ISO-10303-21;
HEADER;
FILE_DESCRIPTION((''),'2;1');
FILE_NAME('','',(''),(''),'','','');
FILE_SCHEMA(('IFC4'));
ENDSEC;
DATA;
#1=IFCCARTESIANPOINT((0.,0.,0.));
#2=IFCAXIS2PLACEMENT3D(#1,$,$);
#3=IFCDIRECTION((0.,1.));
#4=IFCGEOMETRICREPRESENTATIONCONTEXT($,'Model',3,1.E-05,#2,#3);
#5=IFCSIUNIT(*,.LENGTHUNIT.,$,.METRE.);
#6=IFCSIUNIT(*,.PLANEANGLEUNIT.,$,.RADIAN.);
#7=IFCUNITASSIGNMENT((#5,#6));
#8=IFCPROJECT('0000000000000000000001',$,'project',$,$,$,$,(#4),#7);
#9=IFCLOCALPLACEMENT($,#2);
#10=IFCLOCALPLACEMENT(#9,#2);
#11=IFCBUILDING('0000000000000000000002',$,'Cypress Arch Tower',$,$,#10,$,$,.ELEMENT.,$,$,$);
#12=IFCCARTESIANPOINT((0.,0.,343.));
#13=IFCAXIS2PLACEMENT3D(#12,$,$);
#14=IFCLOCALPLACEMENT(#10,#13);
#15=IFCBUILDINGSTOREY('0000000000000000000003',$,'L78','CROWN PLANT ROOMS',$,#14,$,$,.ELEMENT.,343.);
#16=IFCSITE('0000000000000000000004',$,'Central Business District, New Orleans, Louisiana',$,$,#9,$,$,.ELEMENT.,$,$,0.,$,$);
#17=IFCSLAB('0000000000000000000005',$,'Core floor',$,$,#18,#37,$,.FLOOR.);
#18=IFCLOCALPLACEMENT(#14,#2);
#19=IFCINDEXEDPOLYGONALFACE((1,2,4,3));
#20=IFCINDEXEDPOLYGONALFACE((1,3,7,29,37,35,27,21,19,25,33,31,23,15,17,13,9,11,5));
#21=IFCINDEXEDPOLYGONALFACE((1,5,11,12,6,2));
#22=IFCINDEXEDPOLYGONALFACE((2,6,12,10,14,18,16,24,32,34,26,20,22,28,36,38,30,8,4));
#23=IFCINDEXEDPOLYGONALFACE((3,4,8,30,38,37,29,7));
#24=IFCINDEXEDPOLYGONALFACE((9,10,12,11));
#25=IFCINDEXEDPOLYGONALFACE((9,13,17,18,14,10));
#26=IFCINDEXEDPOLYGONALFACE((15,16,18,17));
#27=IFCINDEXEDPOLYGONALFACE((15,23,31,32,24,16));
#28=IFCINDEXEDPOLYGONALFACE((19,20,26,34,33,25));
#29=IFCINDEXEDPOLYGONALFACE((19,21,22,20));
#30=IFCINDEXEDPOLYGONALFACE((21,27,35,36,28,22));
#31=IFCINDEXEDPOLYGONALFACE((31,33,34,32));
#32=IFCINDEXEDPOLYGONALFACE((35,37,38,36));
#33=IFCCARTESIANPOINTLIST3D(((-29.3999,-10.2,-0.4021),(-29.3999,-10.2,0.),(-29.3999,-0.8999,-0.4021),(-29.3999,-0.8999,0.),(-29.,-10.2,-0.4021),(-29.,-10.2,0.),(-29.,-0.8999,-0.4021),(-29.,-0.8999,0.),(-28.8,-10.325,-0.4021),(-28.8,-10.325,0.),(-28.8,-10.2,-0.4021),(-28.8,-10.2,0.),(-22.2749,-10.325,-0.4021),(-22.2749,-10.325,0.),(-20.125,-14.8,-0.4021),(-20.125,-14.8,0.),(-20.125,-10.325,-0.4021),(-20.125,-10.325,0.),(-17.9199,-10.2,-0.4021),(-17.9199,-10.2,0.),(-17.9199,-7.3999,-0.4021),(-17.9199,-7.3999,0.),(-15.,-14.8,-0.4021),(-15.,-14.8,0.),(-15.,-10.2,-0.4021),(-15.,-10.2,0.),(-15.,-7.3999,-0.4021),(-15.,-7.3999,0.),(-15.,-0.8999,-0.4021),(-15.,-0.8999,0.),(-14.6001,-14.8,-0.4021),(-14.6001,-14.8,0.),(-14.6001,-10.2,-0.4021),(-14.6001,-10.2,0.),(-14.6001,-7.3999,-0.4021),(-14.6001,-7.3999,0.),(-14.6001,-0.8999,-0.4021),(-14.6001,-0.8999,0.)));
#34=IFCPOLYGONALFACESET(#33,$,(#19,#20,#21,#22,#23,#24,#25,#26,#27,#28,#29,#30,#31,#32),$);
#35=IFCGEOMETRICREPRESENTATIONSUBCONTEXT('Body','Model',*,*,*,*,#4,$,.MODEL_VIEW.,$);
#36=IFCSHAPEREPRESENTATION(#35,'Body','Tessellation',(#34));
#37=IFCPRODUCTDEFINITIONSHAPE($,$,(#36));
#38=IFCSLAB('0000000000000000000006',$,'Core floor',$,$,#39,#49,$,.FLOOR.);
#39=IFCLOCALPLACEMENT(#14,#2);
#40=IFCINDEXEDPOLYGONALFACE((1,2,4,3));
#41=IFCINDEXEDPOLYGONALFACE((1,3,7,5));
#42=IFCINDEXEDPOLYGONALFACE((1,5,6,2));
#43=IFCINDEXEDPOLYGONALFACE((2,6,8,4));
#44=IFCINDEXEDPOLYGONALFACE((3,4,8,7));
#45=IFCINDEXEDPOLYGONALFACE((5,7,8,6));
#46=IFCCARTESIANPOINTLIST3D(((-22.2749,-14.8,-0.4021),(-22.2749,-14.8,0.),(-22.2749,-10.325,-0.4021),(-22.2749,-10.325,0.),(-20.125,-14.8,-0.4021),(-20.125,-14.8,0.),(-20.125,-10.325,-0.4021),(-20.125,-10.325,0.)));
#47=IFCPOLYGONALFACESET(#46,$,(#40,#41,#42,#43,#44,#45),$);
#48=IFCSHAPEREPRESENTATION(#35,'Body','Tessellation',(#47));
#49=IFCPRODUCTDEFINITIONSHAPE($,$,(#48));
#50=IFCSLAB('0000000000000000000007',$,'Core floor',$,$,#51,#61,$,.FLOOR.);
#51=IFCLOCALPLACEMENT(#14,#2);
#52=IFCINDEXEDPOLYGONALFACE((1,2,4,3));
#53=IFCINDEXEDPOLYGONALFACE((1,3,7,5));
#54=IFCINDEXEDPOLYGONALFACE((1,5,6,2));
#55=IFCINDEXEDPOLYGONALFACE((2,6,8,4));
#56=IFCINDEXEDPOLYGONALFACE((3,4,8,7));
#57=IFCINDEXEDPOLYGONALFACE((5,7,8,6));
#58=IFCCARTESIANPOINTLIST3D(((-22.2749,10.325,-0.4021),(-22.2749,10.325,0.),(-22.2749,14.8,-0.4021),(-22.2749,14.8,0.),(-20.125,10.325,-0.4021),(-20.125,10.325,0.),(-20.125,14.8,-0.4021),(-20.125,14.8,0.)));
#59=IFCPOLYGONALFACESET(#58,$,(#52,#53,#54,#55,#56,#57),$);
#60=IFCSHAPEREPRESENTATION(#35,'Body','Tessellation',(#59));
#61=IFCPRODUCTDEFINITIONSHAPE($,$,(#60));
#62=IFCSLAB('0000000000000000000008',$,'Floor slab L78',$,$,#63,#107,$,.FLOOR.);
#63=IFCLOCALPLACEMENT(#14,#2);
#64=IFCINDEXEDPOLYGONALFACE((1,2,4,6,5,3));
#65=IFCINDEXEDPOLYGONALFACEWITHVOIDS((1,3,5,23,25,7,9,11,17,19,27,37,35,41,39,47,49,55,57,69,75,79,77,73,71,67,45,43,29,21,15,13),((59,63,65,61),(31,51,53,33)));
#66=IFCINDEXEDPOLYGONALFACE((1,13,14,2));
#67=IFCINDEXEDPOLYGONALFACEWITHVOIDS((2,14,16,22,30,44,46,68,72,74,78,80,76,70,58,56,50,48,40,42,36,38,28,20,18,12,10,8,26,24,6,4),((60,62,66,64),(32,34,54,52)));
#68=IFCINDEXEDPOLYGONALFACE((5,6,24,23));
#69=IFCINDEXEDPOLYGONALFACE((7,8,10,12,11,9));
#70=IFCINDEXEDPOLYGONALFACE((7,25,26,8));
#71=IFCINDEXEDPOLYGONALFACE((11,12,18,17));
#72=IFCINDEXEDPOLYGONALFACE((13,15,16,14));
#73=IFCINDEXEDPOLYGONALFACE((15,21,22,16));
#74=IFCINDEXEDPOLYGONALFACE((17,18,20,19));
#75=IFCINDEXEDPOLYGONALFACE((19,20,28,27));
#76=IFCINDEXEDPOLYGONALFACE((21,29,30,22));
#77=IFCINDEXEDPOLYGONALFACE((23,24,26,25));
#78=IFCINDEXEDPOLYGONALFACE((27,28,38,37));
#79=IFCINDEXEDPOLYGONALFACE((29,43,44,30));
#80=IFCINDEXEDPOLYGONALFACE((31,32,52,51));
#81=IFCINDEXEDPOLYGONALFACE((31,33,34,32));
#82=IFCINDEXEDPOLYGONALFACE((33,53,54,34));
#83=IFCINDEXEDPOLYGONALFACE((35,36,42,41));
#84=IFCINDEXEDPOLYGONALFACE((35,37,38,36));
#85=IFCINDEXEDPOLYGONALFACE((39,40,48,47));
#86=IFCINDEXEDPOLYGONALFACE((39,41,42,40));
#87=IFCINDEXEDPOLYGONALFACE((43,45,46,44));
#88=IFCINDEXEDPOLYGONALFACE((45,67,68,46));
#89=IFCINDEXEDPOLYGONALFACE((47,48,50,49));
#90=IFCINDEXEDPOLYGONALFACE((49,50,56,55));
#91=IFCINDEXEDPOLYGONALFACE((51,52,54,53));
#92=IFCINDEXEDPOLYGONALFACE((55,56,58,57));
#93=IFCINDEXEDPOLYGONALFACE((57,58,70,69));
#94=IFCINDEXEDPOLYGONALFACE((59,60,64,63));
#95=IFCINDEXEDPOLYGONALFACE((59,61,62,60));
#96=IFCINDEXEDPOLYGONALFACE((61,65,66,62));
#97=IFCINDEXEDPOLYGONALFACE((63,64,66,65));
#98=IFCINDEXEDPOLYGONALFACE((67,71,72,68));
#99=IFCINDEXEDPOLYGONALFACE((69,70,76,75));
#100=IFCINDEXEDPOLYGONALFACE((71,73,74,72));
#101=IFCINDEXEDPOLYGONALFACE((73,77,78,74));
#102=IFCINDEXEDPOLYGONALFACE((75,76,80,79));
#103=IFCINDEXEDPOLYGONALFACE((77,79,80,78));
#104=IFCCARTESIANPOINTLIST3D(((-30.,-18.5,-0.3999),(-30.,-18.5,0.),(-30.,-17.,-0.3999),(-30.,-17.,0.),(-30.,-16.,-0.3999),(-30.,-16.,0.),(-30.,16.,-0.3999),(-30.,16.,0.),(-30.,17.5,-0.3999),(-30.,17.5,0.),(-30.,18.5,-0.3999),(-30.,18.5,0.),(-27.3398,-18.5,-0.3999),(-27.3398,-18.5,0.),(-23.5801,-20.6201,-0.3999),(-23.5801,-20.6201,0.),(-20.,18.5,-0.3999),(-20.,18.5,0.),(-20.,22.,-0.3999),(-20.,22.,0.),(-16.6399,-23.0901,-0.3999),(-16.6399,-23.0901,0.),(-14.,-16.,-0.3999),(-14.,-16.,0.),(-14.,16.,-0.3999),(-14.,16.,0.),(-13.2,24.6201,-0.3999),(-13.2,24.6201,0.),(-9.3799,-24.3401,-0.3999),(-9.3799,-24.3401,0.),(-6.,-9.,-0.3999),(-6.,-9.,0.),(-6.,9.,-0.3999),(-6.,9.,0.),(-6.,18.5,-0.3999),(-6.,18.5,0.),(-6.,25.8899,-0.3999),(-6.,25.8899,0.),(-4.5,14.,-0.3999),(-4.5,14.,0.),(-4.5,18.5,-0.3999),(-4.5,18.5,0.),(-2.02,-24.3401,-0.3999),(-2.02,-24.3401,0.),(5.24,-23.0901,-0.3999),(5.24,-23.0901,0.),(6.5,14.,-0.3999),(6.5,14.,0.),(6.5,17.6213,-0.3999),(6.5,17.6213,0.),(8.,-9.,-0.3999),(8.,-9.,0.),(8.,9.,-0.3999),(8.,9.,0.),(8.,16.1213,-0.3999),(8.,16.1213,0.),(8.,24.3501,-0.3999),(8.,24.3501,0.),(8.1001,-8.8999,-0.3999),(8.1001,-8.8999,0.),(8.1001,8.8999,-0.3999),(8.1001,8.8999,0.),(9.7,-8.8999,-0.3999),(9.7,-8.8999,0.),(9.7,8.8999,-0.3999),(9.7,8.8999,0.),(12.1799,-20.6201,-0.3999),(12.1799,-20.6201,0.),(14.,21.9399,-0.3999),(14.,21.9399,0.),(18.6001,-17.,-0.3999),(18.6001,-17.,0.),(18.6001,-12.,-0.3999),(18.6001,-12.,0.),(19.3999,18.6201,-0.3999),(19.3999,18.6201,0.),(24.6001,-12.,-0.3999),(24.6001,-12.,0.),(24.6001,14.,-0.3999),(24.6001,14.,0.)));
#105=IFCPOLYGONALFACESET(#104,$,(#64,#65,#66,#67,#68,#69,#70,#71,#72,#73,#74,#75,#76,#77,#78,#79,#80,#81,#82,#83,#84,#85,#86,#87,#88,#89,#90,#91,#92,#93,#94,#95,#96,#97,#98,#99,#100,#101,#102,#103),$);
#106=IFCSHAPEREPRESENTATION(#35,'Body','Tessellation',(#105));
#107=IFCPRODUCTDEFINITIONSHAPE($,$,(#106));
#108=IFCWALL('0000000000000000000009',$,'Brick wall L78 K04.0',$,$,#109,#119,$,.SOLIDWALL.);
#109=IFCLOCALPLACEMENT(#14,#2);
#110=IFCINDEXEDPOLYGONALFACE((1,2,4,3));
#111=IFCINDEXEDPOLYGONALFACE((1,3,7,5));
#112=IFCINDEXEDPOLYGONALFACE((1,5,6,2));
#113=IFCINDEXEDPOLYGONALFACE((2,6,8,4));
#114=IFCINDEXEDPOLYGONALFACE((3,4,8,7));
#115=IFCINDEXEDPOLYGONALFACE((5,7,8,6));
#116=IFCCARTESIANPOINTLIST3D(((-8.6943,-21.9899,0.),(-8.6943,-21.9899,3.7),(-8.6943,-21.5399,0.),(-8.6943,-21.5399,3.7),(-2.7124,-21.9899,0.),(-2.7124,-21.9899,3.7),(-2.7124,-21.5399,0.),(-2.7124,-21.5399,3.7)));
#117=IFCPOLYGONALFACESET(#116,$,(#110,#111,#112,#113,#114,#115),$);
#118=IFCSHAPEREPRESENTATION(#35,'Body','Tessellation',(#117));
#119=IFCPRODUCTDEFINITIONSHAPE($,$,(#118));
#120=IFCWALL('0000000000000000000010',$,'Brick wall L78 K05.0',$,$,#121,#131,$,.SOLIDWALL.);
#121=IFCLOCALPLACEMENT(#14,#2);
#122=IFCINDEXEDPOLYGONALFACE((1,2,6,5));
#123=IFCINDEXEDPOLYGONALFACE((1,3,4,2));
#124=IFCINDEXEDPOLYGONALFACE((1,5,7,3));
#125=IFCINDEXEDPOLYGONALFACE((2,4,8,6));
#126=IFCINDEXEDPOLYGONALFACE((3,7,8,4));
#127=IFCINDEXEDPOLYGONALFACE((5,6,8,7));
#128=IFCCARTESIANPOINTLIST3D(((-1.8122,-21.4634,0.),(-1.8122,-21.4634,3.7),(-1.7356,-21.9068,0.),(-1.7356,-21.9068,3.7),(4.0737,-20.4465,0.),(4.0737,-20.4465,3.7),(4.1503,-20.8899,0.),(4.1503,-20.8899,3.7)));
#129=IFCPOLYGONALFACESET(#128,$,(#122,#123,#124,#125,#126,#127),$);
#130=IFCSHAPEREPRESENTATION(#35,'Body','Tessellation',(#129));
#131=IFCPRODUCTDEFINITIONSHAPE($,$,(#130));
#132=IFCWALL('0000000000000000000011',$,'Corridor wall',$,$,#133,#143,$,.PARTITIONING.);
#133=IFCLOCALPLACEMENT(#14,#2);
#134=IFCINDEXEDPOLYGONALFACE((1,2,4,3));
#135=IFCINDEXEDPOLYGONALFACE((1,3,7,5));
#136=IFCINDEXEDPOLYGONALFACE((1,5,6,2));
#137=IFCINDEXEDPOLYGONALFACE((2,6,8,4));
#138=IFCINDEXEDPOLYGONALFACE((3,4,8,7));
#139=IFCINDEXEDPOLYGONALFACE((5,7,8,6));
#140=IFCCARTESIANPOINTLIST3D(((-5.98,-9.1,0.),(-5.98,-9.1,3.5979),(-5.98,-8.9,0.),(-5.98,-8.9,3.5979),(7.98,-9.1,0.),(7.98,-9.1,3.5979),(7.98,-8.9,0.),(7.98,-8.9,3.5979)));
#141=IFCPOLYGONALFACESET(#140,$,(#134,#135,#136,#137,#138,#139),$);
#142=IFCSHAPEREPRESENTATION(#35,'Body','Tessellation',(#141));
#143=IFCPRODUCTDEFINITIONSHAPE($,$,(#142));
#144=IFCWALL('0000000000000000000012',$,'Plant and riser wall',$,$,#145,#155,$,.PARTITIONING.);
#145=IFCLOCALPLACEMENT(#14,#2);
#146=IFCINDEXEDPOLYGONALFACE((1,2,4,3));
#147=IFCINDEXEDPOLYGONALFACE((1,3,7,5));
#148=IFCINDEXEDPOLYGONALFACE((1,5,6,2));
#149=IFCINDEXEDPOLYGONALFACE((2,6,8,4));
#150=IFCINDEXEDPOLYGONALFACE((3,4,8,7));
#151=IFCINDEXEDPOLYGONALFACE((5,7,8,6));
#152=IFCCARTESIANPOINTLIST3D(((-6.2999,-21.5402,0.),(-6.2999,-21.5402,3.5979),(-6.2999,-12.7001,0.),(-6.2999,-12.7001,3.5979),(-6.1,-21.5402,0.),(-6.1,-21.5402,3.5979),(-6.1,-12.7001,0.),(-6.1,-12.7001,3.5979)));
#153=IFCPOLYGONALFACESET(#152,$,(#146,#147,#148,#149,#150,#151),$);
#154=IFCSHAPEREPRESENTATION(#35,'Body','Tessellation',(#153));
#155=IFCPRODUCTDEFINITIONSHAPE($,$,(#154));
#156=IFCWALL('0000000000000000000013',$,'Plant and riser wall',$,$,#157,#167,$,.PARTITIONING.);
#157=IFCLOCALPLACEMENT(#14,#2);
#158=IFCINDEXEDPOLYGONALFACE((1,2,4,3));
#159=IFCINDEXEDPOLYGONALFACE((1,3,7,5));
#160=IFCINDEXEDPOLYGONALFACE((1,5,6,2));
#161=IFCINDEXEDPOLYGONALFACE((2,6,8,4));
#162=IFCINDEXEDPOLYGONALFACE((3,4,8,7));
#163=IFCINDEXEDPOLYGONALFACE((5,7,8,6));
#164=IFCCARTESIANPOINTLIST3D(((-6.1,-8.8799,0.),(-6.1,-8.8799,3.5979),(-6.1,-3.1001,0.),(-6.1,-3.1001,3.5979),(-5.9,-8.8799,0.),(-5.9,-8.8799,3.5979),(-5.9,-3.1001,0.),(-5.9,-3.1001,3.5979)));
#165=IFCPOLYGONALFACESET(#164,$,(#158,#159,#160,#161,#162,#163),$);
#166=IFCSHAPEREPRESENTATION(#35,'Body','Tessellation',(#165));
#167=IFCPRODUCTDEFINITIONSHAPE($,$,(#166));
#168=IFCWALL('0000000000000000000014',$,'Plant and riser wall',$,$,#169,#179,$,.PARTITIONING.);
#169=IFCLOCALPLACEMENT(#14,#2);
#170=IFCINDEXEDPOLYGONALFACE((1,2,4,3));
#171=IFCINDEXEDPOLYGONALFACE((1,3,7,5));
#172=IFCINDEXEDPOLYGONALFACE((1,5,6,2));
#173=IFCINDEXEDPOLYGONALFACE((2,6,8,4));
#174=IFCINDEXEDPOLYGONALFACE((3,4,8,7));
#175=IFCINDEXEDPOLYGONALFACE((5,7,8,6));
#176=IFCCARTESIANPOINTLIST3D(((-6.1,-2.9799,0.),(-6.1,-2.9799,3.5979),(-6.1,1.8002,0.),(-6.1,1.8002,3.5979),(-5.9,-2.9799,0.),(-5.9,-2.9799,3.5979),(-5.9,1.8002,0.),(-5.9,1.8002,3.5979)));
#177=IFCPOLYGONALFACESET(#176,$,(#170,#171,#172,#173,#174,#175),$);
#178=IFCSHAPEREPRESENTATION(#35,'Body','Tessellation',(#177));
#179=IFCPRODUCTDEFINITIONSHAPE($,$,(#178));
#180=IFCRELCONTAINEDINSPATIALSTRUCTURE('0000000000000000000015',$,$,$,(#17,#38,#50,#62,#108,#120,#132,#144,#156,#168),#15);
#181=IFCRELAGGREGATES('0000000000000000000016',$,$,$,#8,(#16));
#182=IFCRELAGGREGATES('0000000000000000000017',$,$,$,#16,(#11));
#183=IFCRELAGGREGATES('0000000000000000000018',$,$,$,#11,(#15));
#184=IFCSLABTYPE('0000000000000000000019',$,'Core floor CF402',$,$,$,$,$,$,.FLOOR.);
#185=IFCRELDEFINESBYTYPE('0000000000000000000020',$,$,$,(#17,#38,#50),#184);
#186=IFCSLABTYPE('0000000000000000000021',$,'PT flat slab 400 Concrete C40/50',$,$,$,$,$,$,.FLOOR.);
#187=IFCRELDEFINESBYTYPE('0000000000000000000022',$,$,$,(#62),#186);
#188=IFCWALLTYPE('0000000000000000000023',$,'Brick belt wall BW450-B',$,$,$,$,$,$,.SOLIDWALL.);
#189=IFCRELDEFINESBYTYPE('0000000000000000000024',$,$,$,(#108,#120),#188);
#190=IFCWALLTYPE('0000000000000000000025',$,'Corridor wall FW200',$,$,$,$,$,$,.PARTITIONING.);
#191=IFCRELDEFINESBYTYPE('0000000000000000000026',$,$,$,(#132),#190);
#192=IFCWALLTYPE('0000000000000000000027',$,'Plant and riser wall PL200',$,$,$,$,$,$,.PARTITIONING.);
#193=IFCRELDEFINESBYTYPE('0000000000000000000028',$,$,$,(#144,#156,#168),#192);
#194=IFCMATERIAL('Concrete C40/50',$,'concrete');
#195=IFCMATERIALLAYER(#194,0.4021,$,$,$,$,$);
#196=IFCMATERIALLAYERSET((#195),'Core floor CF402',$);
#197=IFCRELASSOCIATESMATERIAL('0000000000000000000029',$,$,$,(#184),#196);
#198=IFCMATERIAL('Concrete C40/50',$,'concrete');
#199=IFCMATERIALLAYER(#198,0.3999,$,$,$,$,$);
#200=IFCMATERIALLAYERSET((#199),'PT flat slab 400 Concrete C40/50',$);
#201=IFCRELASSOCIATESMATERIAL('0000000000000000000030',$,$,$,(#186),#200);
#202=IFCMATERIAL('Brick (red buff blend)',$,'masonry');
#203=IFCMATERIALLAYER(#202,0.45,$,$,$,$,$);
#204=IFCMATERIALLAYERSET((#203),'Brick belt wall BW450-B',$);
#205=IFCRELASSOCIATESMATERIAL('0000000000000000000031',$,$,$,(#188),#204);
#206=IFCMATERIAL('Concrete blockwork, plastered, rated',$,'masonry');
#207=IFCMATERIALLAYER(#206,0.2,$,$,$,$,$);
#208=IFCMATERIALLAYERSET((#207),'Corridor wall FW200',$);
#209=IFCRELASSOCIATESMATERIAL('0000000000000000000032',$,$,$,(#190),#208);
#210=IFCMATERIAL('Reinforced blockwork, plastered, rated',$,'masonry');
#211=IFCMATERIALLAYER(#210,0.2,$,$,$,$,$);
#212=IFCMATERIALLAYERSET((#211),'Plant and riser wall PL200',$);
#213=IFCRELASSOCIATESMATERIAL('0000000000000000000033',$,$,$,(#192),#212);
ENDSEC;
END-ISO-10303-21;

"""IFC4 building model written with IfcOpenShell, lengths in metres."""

from ifc_helpers import new_model, si_unit, direction, frame, frame_2d, origin, place, context, subcontext, project, spatial, polyline, rectangle, outline, extrude, material, layer, layer_set, type_object, element, save


model = new_model("IFC4")

# Units and contexts
model_context = context("Model", 3, precision=1e-05, world=origin(), true_north=direction((0.0, 1.0)))
body_context = subcontext(model_context, "Body", "Model", "MODEL_VIEW")
ifc_project = project(units=[si_unit("LENGTHUNIT", "METRE"), si_unit("PLANEANGLEUNIT", "RADIAN")], contexts=[model_context])

# Site, building, storey
site_placement = place(None, origin())
site = spatial("IfcSite", under=ifc_project, at=site_placement, Name="Central Business District, New Orleans, Louisiana", CompositionType="ELEMENT", RefElevation=0.0)
building_placement = place(site_placement, origin())
building = spatial("IfcBuilding", under=site, at=building_placement, Name="Cypress Arch Tower", CompositionType="ELEMENT")
storey_placement = place(building_placement, frame((0.0, 0.0, 343.0)))
storey = spatial("IfcBuildingStorey", under=building, at=storey_placement, Name="L78", Description="CROWN PLANT ROOMS", CompositionType="ELEMENT", Elevation=343.0)

# Slabs
ifc_material_1 = material(Name="Concrete C40/50", Category="concrete")
ifc_layer_1 = layer(ifc_material_1, 0.4021)
ifc_layer_set_1 = layer_set([ifc_layer_1], Name="Core floor CF402")
slab_type_1 = type_object("IfcSlabType", Name="Core floor CF402", PredefinedType="FLOOR", material=ifc_layer_set_1)
slab_1_placement = place(storey_placement, frame((0.0, 0.0, -0.4021)))
element("IfcSlab", 1, at=slab_1_placement, inside=storey, type_object=slab_type_1, Name="Core floor", PredefinedType="FLOOR", context=body_context, shape_type="SweptSolid", body=[
    extrude(outline(polyline([(-28.8, -10.2), (-29.0, -10.2), (-29.3999, -10.2), (-29.3999, -0.8999), (-29.0, -0.8999), (-15.0, -0.8999), (-14.6001, -0.8999), (-14.6001, -7.3999), (-15.0, -7.3999), (-17.9199, -7.3999), (-17.9199, -10.2), (-15.0, -10.2), (-14.6001, -10.2), (-14.6001, -14.8), (-15.0, -14.8), (-20.125, -14.8), (-20.125, -10.325), (-22.2749, -10.325), (-28.8, -10.325), (-28.8, -10.2)])), origin(), (0.0, 0.0, 1.0), 0.4021),
])
slab_2_placement = place(storey_placement, frame((0.0, 0.0, -0.4021)))
element("IfcSlab", 2, at=slab_2_placement, inside=storey, type_object=slab_type_1, Name="Core floor", PredefinedType="FLOOR", context=body_context, shape_type="SweptSolid", body=[
    extrude(outline(polyline([(-22.2749, -10.325), (-22.2749, -14.8), (-20.125, -14.8), (-20.125, -10.325), (-22.2749, -10.325)])), origin(), (0.0, 0.0, 1.0), 0.4021),
])
slab_3_placement = place(storey_placement, frame((0.0, 0.0, -0.4021)))
element("IfcSlab", 3, at=slab_3_placement, inside=storey, type_object=slab_type_1, Name="Core floor", PredefinedType="FLOOR", context=body_context, shape_type="SweptSolid", body=[
    extrude(outline(polyline([(-20.125, 14.8), (-22.2749, 14.8), (-22.2749, 10.325), (-20.125, 10.325), (-20.125, 14.8)])), origin(), (0.0, 0.0, 1.0), 0.4021),
])
ifc_material_2 = material(Name="Concrete C40/50", Category="concrete")
ifc_layer_2 = layer(ifc_material_2, 0.3999)
ifc_layer_set_2 = layer_set([ifc_layer_2], Name="PT flat slab 400 Concrete C40/50")
slab_type_2 = type_object("IfcSlabType", Name="PT flat slab 400 Concrete C40/50", PredefinedType="FLOOR", material=ifc_layer_set_2)
slab_4_placement = place(storey_placement, frame((0.0, 0.0, -0.3999)))
element("IfcSlab", 4, at=slab_4_placement, inside=storey, type_object=slab_type_2, Name="Floor slab L78", PredefinedType="FLOOR", context=body_context, shape_type="SweptSolid", body=[
    extrude(outline(polyline([(8.0, 16.1213), (8.0, 24.3501), (14.0, 21.9399), (19.3999, 18.6201), (24.6001, 14.0), (24.6001, -12.0), (18.6001, -12.0), (18.6001, -17.0), (12.1799, -20.6201), (5.24, -23.0901), (-2.02, -24.3401), (-9.3799, -24.3401), (-16.6399, -23.0901), (-23.5801, -20.6201), (-27.3398, -18.5), (-30.0, -18.5), (-30.0, -17.0), (-30.0, -16.0), (-14.0, -16.0), (-14.0, 16.0), (-30.0, 16.0), (-30.0, 17.5), (-30.0, 18.5), (-20.0, 18.5), (-20.0, 22.0), (-13.2, 24.6201), (-6.0, 25.8899), (-6.0, 18.5), (-4.5, 18.5), (-4.5, 14.0), (6.5, 14.0), (6.5, 17.6213), (8.0, 16.1213)]), holes=[polyline([(8.1001, -8.8999), (9.7, -8.8999), (9.7, 8.8999), (8.1001, 8.8999), (8.1001, -8.8999)]), polyline([(8.0, 9.0), (-6.0, 9.0), (-6.0, -9.0), (8.0, -9.0), (8.0, 9.0)])]), origin(), (0.0, 0.0, 1.0), 0.3999),
])

# Walls
ifc_material_3 = material(Name="Brick (red buff blend)", Category="masonry")
ifc_layer_3 = layer(ifc_material_3, 0.45)
ifc_layer_set_3 = layer_set([ifc_layer_3], Name="Brick belt wall BW450-B")
wall_type_1 = type_object("IfcWallType", Name="Brick belt wall BW450-B", PredefinedType="SOLIDWALL", material=ifc_layer_set_3)
wall_1_placement = place(storey_placement, frame((-8.6943, -21.7649, 0.0), z_axis=(0.0, 0.0, 1.0), x_axis=(1.0, 0.0, 0.0)))
element("IfcWall", 5, at=wall_1_placement, inside=storey, type_object=wall_type_1, Name="Brick wall L78 K04.0", PredefinedType="SOLIDWALL", context=body_context, shape_type="SweptSolid", body=[
    extrude(rectangle(XDim=5.9819, YDim=0.45, at=frame_2d((2.991, 0.0))), origin(), (0.0, 0.0, 1.0), 3.7),
])
wall_2_placement = place(storey_placement, frame((-1.7739, -21.6851, 0.0), z_axis=(0.0, 0.0, 1.0), x_axis=(0.985403, 0.170235, 0.0)))
element("IfcWall", 6, at=wall_2_placement, inside=storey, type_object=wall_type_1, Name="Brick wall L78 K05.0", PredefinedType="SOLIDWALL", context=body_context, shape_type="SweptSolid", body=[
    extrude(rectangle(XDim=5.9731, YDim=0.45, at=frame_2d((2.9866, 0.0))), origin(), (0.0, 0.0, 1.0), 3.7),
])
ifc_material_4 = material(Name="Concrete blockwork, plastered, rated", Category="masonry")
ifc_layer_4 = layer(ifc_material_4, 0.2)
ifc_layer_set_4 = layer_set([ifc_layer_4], Name="Corridor wall FW200")
wall_type_2 = type_object("IfcWallType", Name="Corridor wall FW200", PredefinedType="PARTITIONING", material=ifc_layer_set_4)
wall_3_placement = place(storey_placement, frame((-5.98, -9.0, 0.0), z_axis=(0.0, 0.0, 1.0), x_axis=(1.0, 0.0, 0.0)))
element("IfcWall", 7, at=wall_3_placement, inside=storey, type_object=wall_type_2, Name="Corridor wall", PredefinedType="PARTITIONING", context=body_context, shape_type="SweptSolid", body=[
    extrude(rectangle(XDim=13.96, YDim=0.2, at=frame_2d((6.98, 0.0))), origin(), (0.0, 0.0, 1.0), 3.5979),
])
ifc_material_5 = material(Name="Reinforced blockwork, plastered, rated", Category="masonry")
ifc_layer_5 = layer(ifc_material_5, 0.2)
ifc_layer_set_5 = layer_set([ifc_layer_5], Name="Plant and riser wall PL200")
wall_type_3 = type_object("IfcWallType", Name="Plant and riser wall PL200", PredefinedType="PARTITIONING", material=ifc_layer_set_5)
wall_4_placement = place(storey_placement, frame((-6.2, -21.54, 0.0), z_axis=(0.0, 0.0, 1.0), x_axis=(0.0, 1.0, 0.0)))
element("IfcWall", 8, at=wall_4_placement, inside=storey, type_object=wall_type_3, Name="Plant and riser wall", PredefinedType="PARTITIONING", context=body_context, shape_type="SweptSolid", body=[
    extrude(rectangle(XDim=8.8401, YDim=0.2, at=frame_2d((4.4199, 0.0))), origin(), (0.0, 0.0, 1.0), 3.5979),
])
wall_5_placement = place(storey_placement, frame((-6.0, -8.8799, 0.0), z_axis=(0.0, 0.0, 1.0), x_axis=(0.0, 1.0, 0.0)))
element("IfcWall", 9, at=wall_5_placement, inside=storey, type_object=wall_type_3, Name="Plant and riser wall", PredefinedType="PARTITIONING", context=body_context, shape_type="SweptSolid", body=[
    extrude(rectangle(XDim=5.7798, YDim=0.2, at=frame_2d((2.8899, 0.0))), origin(), (0.0, 0.0, 1.0), 3.5979),
])
wall_6_placement = place(storey_placement, frame((-6.0, -2.98, 0.0), z_axis=(0.0, 0.0, 1.0), x_axis=(0.0, 1.0, 0.0)))
element("IfcWall", 10, at=wall_6_placement, inside=storey, type_object=wall_type_3, Name="Plant and riser wall", PredefinedType="PARTITIONING", context=body_context, shape_type="SweptSolid", body=[
    extrude(rectangle(XDim=4.78, YDim=0.2, at=frame_2d((2.3901, 0.0))), origin(), (0.0, 0.0, 1.0), 3.5979),
])

save(model, "model.ifc")
